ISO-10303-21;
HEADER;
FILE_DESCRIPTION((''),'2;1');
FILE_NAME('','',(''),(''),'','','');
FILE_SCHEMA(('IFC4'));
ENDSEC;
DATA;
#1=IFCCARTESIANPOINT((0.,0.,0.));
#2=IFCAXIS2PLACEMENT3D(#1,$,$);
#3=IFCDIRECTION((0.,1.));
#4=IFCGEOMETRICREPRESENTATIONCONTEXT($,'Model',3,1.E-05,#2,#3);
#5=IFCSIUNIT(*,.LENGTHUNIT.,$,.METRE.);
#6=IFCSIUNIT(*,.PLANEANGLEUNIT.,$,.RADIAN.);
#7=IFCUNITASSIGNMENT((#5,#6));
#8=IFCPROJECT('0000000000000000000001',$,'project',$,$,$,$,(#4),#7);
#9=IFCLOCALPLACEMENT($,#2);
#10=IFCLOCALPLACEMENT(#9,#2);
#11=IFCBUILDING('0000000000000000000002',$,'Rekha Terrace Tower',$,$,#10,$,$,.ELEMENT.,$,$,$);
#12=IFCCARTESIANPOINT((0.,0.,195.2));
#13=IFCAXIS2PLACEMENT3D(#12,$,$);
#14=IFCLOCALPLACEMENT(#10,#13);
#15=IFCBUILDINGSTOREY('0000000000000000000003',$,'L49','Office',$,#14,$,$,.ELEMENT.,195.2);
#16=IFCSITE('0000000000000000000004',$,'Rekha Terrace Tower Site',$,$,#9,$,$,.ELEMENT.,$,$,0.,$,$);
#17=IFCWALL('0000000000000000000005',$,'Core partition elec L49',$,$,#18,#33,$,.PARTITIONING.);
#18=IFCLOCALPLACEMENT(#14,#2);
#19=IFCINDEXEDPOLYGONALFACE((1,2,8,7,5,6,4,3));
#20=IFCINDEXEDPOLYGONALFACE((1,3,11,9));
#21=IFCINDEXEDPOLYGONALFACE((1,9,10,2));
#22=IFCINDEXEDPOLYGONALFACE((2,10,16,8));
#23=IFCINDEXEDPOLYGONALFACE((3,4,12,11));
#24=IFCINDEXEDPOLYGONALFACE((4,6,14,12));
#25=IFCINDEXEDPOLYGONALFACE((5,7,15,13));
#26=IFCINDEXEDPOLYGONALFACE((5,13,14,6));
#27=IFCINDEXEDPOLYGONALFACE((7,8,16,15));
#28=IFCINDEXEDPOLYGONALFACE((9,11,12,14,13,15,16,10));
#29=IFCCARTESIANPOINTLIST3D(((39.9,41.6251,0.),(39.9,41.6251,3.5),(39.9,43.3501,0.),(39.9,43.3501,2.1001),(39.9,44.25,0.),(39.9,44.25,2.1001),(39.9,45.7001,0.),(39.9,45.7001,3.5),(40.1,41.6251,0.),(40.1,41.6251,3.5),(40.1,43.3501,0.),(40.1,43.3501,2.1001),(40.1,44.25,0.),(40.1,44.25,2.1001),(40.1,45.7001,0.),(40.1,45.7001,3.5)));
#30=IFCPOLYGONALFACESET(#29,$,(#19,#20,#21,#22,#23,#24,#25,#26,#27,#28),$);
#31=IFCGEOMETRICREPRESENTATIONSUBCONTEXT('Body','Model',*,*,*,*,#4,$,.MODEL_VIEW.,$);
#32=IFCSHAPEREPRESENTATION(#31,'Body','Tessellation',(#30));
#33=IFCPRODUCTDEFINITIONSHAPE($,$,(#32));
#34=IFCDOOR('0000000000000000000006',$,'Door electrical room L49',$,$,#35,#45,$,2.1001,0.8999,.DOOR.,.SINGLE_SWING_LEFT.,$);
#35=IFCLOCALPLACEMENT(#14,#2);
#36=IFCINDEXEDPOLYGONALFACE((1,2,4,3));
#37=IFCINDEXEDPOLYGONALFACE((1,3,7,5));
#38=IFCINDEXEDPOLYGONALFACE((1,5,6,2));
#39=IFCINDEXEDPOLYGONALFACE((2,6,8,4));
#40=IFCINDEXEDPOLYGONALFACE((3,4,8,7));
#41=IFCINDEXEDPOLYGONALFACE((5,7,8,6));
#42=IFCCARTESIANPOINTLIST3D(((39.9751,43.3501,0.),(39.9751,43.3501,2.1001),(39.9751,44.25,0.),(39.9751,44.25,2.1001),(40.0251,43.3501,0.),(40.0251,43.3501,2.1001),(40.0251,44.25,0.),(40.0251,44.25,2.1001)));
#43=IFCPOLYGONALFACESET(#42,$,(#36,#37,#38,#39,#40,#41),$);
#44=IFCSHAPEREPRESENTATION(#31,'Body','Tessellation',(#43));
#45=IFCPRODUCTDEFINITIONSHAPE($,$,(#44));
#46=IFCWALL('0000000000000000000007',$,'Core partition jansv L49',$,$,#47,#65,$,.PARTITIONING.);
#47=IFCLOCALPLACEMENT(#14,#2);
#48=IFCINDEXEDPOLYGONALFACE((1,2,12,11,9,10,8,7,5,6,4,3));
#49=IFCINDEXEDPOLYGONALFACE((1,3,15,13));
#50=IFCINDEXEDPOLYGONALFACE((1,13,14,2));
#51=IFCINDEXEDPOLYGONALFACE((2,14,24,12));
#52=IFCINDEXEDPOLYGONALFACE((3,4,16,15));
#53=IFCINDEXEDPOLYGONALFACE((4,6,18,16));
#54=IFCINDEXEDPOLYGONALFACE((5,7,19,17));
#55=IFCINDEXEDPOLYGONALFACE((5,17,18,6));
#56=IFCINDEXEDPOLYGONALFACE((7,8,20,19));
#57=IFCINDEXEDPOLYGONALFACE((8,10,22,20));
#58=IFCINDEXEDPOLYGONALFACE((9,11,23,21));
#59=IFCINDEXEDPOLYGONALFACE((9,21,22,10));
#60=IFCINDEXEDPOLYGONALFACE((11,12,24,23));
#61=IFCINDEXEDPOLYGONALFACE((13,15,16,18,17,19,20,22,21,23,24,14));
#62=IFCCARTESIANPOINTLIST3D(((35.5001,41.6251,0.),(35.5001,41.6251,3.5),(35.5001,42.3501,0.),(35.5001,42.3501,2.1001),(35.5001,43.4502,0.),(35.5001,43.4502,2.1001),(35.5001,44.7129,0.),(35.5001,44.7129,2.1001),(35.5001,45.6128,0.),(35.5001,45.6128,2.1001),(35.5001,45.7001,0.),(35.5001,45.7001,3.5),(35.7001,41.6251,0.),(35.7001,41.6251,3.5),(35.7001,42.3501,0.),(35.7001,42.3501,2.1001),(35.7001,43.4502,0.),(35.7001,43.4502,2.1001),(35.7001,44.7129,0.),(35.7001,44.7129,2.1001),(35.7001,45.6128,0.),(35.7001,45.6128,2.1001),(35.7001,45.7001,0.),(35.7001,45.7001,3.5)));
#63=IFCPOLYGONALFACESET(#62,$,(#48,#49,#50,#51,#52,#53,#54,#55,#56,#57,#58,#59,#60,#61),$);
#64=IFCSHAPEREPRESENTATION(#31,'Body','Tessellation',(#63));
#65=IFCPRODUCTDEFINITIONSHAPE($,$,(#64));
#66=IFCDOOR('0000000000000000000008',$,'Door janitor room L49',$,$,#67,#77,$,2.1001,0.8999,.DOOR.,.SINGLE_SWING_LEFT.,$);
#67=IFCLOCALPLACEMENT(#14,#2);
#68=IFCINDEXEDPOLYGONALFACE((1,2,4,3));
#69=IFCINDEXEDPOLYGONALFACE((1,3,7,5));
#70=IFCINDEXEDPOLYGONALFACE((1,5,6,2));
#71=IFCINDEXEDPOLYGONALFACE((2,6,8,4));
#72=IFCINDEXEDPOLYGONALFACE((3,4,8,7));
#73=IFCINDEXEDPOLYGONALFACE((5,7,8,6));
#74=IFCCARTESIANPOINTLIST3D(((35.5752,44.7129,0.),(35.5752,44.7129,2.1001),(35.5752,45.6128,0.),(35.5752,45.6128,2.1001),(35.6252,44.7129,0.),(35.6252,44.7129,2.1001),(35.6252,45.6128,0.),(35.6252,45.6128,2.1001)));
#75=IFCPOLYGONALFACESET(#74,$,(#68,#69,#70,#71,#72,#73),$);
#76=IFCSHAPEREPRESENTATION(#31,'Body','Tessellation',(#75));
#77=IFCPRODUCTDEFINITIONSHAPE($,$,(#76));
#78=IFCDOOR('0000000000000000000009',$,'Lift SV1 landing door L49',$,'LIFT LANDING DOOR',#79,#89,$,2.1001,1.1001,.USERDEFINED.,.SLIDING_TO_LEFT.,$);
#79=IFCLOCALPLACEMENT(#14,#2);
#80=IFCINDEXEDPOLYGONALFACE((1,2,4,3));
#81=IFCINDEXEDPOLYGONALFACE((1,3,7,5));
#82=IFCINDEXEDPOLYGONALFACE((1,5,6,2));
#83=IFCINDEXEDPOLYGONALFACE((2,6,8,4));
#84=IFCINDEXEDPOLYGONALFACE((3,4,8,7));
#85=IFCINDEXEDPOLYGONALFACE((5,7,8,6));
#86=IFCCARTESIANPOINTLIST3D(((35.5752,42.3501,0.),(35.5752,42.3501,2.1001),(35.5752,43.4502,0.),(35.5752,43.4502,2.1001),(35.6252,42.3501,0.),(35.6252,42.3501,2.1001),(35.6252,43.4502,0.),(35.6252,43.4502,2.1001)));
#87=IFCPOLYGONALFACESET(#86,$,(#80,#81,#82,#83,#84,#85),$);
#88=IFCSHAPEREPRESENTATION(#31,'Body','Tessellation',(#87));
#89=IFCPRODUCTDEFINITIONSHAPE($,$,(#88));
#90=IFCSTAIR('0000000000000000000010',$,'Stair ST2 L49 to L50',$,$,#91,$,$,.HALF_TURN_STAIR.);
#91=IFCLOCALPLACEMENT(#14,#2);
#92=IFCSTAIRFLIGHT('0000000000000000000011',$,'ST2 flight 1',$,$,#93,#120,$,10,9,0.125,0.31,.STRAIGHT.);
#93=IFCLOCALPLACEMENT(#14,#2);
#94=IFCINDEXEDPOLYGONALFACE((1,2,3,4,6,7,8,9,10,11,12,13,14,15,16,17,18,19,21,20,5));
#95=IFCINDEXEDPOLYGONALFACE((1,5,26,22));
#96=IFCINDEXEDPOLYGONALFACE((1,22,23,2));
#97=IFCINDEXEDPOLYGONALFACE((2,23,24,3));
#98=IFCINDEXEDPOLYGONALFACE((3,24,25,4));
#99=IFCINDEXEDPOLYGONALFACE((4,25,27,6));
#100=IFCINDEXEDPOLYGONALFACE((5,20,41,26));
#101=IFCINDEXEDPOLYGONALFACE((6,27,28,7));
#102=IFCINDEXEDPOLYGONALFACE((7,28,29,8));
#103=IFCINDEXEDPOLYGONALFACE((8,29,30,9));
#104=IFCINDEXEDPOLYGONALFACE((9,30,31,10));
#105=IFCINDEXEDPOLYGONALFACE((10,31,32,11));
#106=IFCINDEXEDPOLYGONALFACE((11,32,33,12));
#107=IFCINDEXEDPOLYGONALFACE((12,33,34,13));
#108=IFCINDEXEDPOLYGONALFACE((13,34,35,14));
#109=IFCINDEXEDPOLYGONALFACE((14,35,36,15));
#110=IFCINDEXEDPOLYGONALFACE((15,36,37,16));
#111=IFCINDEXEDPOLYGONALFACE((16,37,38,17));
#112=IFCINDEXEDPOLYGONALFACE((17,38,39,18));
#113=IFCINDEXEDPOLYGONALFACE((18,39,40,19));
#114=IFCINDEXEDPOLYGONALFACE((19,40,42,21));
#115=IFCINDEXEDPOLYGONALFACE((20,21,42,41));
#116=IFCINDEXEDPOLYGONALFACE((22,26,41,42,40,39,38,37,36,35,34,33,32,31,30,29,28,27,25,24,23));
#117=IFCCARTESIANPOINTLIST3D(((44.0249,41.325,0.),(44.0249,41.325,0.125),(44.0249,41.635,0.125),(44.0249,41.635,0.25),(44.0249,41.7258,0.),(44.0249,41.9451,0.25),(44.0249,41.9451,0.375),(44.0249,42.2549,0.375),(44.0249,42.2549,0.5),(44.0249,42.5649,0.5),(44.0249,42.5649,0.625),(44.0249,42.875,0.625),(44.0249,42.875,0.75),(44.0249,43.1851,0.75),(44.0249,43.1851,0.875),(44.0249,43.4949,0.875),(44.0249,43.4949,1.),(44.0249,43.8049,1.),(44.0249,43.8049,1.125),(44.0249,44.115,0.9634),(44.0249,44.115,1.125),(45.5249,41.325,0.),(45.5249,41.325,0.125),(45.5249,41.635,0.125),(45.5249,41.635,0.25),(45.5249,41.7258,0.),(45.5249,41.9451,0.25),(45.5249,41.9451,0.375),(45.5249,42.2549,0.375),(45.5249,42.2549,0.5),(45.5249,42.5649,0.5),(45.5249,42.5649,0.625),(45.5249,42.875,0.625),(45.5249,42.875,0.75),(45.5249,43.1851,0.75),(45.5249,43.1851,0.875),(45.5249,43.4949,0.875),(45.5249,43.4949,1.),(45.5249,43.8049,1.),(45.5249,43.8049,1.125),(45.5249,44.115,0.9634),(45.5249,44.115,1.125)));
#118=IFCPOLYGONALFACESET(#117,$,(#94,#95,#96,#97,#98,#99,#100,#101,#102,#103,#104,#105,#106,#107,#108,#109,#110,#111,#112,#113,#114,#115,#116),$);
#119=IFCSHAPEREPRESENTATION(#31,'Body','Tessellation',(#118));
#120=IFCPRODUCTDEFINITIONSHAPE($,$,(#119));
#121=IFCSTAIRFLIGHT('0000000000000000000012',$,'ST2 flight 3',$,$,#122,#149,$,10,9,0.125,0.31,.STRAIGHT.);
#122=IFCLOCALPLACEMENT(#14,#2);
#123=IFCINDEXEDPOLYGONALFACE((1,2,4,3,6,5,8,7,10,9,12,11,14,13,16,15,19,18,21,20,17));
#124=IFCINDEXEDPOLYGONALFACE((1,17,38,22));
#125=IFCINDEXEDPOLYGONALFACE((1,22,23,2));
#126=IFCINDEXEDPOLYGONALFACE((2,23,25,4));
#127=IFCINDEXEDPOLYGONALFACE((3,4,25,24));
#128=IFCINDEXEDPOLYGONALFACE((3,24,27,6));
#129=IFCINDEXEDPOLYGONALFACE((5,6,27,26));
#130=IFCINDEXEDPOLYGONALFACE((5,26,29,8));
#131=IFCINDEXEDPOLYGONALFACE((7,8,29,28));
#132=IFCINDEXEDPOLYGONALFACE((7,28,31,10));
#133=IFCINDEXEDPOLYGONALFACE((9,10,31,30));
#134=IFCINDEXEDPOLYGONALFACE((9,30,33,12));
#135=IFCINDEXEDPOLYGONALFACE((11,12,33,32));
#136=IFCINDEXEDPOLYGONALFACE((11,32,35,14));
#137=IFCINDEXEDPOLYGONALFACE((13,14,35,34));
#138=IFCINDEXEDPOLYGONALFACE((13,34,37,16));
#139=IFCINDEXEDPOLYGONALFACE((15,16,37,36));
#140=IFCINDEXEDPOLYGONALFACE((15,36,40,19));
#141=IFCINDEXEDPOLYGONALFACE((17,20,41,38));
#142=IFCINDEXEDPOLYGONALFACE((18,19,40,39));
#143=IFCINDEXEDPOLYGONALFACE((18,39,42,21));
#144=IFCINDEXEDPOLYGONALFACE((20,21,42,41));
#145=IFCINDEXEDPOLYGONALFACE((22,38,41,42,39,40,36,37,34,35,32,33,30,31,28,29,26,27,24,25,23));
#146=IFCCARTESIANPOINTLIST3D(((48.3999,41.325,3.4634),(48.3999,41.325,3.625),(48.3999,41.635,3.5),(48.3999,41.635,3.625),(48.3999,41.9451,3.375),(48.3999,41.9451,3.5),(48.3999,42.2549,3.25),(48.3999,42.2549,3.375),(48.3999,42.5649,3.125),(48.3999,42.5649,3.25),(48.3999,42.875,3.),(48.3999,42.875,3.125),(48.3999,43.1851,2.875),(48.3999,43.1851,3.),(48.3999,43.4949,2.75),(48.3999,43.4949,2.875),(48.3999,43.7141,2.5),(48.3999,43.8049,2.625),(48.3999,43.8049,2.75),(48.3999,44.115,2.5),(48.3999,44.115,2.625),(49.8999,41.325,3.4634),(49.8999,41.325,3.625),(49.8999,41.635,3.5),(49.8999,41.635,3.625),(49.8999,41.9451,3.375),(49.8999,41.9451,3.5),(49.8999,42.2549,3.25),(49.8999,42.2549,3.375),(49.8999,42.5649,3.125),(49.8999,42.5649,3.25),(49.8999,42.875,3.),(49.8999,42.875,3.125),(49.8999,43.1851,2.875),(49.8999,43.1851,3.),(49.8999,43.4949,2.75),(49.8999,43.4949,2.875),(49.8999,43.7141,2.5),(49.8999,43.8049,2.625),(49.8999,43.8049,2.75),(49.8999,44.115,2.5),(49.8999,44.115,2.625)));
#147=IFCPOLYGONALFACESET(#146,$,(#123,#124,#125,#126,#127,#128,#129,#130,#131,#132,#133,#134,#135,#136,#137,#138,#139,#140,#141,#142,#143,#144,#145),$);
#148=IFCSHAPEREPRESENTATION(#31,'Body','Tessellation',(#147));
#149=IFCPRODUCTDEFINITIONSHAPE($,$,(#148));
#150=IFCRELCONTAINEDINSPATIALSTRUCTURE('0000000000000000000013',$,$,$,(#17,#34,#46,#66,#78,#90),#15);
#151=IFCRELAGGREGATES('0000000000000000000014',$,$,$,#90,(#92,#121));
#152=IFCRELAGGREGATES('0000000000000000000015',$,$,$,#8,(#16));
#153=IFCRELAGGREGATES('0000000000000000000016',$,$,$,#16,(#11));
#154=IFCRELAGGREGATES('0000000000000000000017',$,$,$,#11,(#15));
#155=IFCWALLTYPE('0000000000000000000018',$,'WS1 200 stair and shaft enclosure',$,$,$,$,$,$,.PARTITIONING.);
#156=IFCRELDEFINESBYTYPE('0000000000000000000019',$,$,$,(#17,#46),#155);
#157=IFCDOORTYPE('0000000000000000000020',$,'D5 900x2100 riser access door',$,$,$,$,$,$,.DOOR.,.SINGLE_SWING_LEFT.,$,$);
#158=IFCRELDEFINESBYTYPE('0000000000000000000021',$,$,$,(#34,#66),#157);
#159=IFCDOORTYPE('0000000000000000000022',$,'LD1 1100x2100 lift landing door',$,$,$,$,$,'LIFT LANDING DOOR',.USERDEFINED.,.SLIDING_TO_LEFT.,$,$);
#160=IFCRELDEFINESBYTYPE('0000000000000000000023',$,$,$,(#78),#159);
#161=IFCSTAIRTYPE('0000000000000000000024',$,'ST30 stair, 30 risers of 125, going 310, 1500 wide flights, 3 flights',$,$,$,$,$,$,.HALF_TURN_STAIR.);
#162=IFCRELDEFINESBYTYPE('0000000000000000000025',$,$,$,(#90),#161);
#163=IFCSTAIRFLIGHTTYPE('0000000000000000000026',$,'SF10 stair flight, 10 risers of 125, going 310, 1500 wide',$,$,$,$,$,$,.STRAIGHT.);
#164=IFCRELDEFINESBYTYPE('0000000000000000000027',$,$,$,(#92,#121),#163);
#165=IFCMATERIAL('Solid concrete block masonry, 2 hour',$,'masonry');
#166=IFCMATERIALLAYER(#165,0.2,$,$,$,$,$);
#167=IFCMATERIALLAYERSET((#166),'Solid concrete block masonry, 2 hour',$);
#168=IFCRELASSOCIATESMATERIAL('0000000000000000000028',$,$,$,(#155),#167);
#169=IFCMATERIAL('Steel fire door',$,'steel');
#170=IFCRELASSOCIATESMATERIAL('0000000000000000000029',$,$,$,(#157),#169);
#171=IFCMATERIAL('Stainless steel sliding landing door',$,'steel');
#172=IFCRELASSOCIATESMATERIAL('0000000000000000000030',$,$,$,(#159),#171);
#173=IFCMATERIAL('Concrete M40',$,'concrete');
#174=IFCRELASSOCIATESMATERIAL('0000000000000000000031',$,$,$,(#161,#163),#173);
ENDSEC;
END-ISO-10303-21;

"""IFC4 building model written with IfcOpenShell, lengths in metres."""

from ifc_helpers import new_model, si_unit, direction, frame, frame_2d, origin, place, context, subcontext, project, spatial, polyline, rectangle, outline, extrude, material, layer, layer_set, type_object, element, fill, aggregate, save


model = new_model("IFC4")

# Units and contexts
model_context = context("Model", 3, precision=1e-05, world=origin(), true_north=direction((0.0, 1.0)))
body_context = subcontext(model_context, "Body", "Model", "MODEL_VIEW")
ifc_project = project(units=[si_unit("LENGTHUNIT", "METRE"), si_unit("PLANEANGLEUNIT", "RADIAN")], contexts=[model_context])

# Site, building, storey
site_placement = place(None, origin())
site = spatial("IfcSite", under=ifc_project, at=site_placement, Name="Rekha Terrace Tower Site", CompositionType="ELEMENT", RefElevation=0.0)
building_placement = place(site_placement, origin())
building = spatial("IfcBuilding", under=site, at=building_placement, Name="Rekha Terrace Tower", CompositionType="ELEMENT")
storey_placement = place(building_placement, frame((0.0, 0.0, 195.2)))
storey = spatial("IfcBuildingStorey", under=building, at=storey_placement, Name="L49", Description="Office", CompositionType="ELEMENT", Elevation=195.2)

# Shared definitions
ifc_material_1 = material(Name="Stainless steel sliding landing door", Category="steel")
ifc_material_2 = material(Name="Steel fire door", Category="steel")

# Shared definitions
ifc_material_3 = material(Name="Solid concrete block masonry, 2 hour", Category="masonry")
ifc_layer_1 = layer(ifc_material_3, 0.2)
ifc_layer_set_1 = layer_set([ifc_layer_1], Name="Solid concrete block masonry, 2 hour")
wall_type_1 = type_object("IfcWallType", Name="WS1 200 stair and shaft enclosure", PredefinedType="PARTITIONING", material=ifc_layer_set_1)

# Wall, opening, door
wall_1_placement = place(storey_placement, frame((40.0, 41.625, 0.0), z_axis=(0.0, 0.0, 1.0), x_axis=(0.0, 1.0, 0.0)))
wall_1 = element("IfcWall", 1, at=wall_1_placement, inside=storey, type_object=wall_type_1, Name="Core partition elec L49", PredefinedType="PARTITIONING", context=body_context, shape_type="SweptSolid", body=[
    extrude(rectangle(XDim=4.075, YDim=0.2, at=frame_2d((2.0376, 0.0))), origin(), (0.0, 0.0, 1.0), 3.5),
])
opening_1_placement = place(wall_1_placement, frame((1.7251, 0.0, 0.0)))
opening_1 = element("IfcOpeningElement", 2, at=opening_1_placement, cuts=wall_1, PredefinedType="OPENING", context=body_context, shape_type="SweptSolid", body=[
    extrude(rectangle(XDim=0.8999, YDim=2.1001, at=frame_2d((0.45, 1.05))), frame((0.0, 0.1099, 0.0), z_axis=(0.0, -1.0, 0.0), x_axis=(1.0, 0.0, 0.0)), (0.0, 0.0, 1.0), 0.22),
])
door_type_1 = type_object("IfcDoorType", Name="D5 900x2100 riser access door", OperationType="SINGLE_SWING_LEFT", PredefinedType="DOOR", material=ifc_material_2)
door_1_placement = place(opening_1_placement, origin())
door_1 = element("IfcDoor", 3, at=door_1_placement, inside=storey, type_object=door_type_1, Name="Door electrical room L49", OperationType="SINGLE_SWING_LEFT", OverallHeight=2.1001, OverallWidth=0.8999, PredefinedType="DOOR", context=body_context, shape_type="SweptSolid", body=[
    extrude(rectangle(XDim=0.8999, YDim=2.1001, at=frame_2d((0.45, 1.05))), frame((0.0, 0.0249, 0.0), z_axis=(0.0, -1.0, 0.0), x_axis=(1.0, 0.0, 0.0)), (0.0, 0.0, 1.0), 0.05),
])
fill(opening_1, door_1)

# Wall, openings, doors
wall_2_placement = place(storey_placement, frame((35.6001, 41.625, 0.0), z_axis=(0.0, 0.0, 1.0), x_axis=(0.0, 1.0, 0.0)))
wall_2 = element("IfcWall", 4, at=wall_2_placement, inside=storey, type_object=wall_type_1, Name="Core partition jansv L49", PredefinedType="PARTITIONING", context=body_context, shape_type="SweptSolid", body=[
    extrude(rectangle(XDim=4.075, YDim=0.2, at=frame_2d((2.0376, 0.0))), origin(), (0.0, 0.0, 1.0), 3.5),
])
opening_2_placement = place(wall_2_placement, frame((3.0879, 0.0, 0.0)))
opening_2 = element("IfcOpeningElement", 5, at=opening_2_placement, cuts=wall_2, PredefinedType="OPENING", context=body_context, shape_type="SweptSolid", body=[
    extrude(rectangle(XDim=0.8999, YDim=2.1001, at=frame_2d((0.45, 1.05))), frame((0.0, 0.1099, 0.0), z_axis=(0.0, -1.0, 0.0), x_axis=(1.0, 0.0, 0.0)), (0.0, 0.0, 1.0), 0.22),
])
opening_3_placement = place(wall_2_placement, frame((0.7251, 0.0, 0.0)))
opening_3 = element("IfcOpeningElement", 6, at=opening_3_placement, cuts=wall_2, PredefinedType="OPENING", context=body_context, shape_type="SweptSolid", body=[
    extrude(rectangle(XDim=1.1001, YDim=2.1001, at=frame_2d((0.55, 1.05))), frame((0.0, 0.1099, 0.0), z_axis=(0.0, -1.0, 0.0), x_axis=(1.0, 0.0, 0.0)), (0.0, 0.0, 1.0), 0.22),
])
door_2_placement = place(opening_2_placement, origin())
door_2 = element("IfcDoor", 7, at=door_2_placement, inside=storey, type_object=door_type_1, Name="Door janitor room L49", OperationType="SINGLE_SWING_LEFT", OverallHeight=2.1001, OverallWidth=0.8999, PredefinedType="DOOR", context=body_context, shape_type="SweptSolid", body=[
    extrude(rectangle(XDim=0.8999, YDim=2.1001, at=frame_2d((0.45, 1.05))), frame((0.0, 0.0249, 0.0), z_axis=(0.0, -1.0, 0.0), x_axis=(1.0, 0.0, 0.0)), (0.0, 0.0, 1.0), 0.05),
])
fill(opening_2, door_2)
door_type_2 = type_object("IfcDoorType", Name="LD1 1100x2100 lift landing door", ElementType="LIFT LANDING DOOR", OperationType="SLIDING_TO_LEFT", PredefinedType="USERDEFINED", material=ifc_material_1)
door_3_placement = place(opening_3_placement, origin())
door_3 = element("IfcDoor", 8, at=door_3_placement, inside=storey, type_object=door_type_2, Name="Lift SV1 landing door L49", ObjectType="LIFT LANDING DOOR", OperationType="SLIDING_TO_LEFT", OverallHeight=2.1001, OverallWidth=1.1001, PredefinedType="USERDEFINED", context=body_context, shape_type="SweptSolid", body=[
    extrude(rectangle(XDim=1.1001, YDim=2.1001, at=frame_2d((0.55, 1.05))), frame((0.0, 0.0249, 0.0), z_axis=(0.0, -1.0, 0.0), x_axis=(1.0, 0.0, 0.0)), (0.0, 0.0, 1.0), 0.05),
])
fill(opening_3, door_3)

# Stair, stair flights
ifc_material_4 = material(Name="Concrete M40", Category="concrete")
stair_type = type_object("IfcStairType", Name="ST30 stair, 30 risers of 125, going 310, 1500 wide flights, 3 flights", PredefinedType="HALF_TURN_STAIR", material=ifc_material_4)
stair_placement = place(storey_placement, origin())
stair = element("IfcStair", 9, at=stair_placement, inside=storey, type_object=stair_type, Name="Stair ST2 L49 to L50", PredefinedType="HALF_TURN_STAIR")
stair_flight_type = type_object("IfcStairFlightType", Name="SF10 stair flight, 10 risers of 125, going 310, 1500 wide", PredefinedType="STRAIGHT", material=ifc_material_4)
stair_flight_1_placement = place(storey_placement, frame((44.7749, 41.325, 0.0), z_axis=(0.0, 0.0, 1.0), x_axis=(0.0, 1.0, 0.0)))
stair_flight_1 = element("IfcStairFlight", 10, at=stair_flight_1_placement, type_object=stair_flight_type, Name="ST2 flight 1", NumberOfRisers=10, NumberOfTreads=9, PredefinedType="STRAIGHT", RiserHeight=0.125, TreadLength=0.31, context=body_context, shape_type="SweptSolid", body=[
    extrude(outline(polyline([(0.0, 0.0), (0.0, 0.125), (0.3101, 0.125), (0.3101, 0.25), (0.6201, 0.25), (0.6201, 0.375), (0.9299, 0.375), (0.9299, 0.5), (1.24, 0.5), (1.24, 0.625), (1.55, 0.625), (1.55, 0.75), (1.8601, 0.75), (1.8601, 0.875), (2.1699, 0.875), (2.1699, 1.0), (2.48, 1.0), (2.48, 1.125), (2.79, 1.125), (2.79, 1.25), (2.79, 0.9634), (0.4009, 0.0), (0.0, 0.0)])), frame((0.0, 0.75, 0.0), z_axis=(0.0, -1.0, 0.0), x_axis=(1.0, 0.0, 0.0)), (0.0, 0.0, 1.0), 1.5),
])
stair_flight_2_placement = place(storey_placement, frame((49.1499, 44.115, 2.5), z_axis=(0.0, 0.0, 1.0), x_axis=(0.0, -1.0, 0.0)))
stair_flight_2 = element("IfcStairFlight", 11, at=stair_flight_2_placement, type_object=stair_flight_type, Name="ST2 flight 3", NumberOfRisers=10, NumberOfTreads=9, PredefinedType="STRAIGHT", RiserHeight=0.125, TreadLength=0.31, context=body_context, shape_type="SweptSolid", body=[
    extrude(outline(polyline([(0.0, 0.0), (0.0, 0.125), (0.3101, 0.125), (0.3101, 0.25), (0.6201, 0.25), (0.6201, 0.375), (0.9299, 0.375), (0.9299, 0.5), (1.24, 0.5), (1.24, 0.625), (1.55, 0.625), (1.55, 0.75), (1.8601, 0.75), (1.8601, 0.875), (2.1699, 0.875), (2.1699, 1.0), (2.48, 1.0), (2.48, 1.125), (2.79, 1.125), (2.79, 1.25), (2.79, 0.9634), (0.4009, 0.0), (0.0, 0.0)])), frame((0.0, 0.75, 0.0), z_axis=(0.0, -1.0, 0.0), x_axis=(1.0, 0.0, 0.0)), (0.0, 0.0, 1.0), 1.5),
])
aggregate(stair, [stair_flight_1, stair_flight_2])

save(model, "model.ifc")
